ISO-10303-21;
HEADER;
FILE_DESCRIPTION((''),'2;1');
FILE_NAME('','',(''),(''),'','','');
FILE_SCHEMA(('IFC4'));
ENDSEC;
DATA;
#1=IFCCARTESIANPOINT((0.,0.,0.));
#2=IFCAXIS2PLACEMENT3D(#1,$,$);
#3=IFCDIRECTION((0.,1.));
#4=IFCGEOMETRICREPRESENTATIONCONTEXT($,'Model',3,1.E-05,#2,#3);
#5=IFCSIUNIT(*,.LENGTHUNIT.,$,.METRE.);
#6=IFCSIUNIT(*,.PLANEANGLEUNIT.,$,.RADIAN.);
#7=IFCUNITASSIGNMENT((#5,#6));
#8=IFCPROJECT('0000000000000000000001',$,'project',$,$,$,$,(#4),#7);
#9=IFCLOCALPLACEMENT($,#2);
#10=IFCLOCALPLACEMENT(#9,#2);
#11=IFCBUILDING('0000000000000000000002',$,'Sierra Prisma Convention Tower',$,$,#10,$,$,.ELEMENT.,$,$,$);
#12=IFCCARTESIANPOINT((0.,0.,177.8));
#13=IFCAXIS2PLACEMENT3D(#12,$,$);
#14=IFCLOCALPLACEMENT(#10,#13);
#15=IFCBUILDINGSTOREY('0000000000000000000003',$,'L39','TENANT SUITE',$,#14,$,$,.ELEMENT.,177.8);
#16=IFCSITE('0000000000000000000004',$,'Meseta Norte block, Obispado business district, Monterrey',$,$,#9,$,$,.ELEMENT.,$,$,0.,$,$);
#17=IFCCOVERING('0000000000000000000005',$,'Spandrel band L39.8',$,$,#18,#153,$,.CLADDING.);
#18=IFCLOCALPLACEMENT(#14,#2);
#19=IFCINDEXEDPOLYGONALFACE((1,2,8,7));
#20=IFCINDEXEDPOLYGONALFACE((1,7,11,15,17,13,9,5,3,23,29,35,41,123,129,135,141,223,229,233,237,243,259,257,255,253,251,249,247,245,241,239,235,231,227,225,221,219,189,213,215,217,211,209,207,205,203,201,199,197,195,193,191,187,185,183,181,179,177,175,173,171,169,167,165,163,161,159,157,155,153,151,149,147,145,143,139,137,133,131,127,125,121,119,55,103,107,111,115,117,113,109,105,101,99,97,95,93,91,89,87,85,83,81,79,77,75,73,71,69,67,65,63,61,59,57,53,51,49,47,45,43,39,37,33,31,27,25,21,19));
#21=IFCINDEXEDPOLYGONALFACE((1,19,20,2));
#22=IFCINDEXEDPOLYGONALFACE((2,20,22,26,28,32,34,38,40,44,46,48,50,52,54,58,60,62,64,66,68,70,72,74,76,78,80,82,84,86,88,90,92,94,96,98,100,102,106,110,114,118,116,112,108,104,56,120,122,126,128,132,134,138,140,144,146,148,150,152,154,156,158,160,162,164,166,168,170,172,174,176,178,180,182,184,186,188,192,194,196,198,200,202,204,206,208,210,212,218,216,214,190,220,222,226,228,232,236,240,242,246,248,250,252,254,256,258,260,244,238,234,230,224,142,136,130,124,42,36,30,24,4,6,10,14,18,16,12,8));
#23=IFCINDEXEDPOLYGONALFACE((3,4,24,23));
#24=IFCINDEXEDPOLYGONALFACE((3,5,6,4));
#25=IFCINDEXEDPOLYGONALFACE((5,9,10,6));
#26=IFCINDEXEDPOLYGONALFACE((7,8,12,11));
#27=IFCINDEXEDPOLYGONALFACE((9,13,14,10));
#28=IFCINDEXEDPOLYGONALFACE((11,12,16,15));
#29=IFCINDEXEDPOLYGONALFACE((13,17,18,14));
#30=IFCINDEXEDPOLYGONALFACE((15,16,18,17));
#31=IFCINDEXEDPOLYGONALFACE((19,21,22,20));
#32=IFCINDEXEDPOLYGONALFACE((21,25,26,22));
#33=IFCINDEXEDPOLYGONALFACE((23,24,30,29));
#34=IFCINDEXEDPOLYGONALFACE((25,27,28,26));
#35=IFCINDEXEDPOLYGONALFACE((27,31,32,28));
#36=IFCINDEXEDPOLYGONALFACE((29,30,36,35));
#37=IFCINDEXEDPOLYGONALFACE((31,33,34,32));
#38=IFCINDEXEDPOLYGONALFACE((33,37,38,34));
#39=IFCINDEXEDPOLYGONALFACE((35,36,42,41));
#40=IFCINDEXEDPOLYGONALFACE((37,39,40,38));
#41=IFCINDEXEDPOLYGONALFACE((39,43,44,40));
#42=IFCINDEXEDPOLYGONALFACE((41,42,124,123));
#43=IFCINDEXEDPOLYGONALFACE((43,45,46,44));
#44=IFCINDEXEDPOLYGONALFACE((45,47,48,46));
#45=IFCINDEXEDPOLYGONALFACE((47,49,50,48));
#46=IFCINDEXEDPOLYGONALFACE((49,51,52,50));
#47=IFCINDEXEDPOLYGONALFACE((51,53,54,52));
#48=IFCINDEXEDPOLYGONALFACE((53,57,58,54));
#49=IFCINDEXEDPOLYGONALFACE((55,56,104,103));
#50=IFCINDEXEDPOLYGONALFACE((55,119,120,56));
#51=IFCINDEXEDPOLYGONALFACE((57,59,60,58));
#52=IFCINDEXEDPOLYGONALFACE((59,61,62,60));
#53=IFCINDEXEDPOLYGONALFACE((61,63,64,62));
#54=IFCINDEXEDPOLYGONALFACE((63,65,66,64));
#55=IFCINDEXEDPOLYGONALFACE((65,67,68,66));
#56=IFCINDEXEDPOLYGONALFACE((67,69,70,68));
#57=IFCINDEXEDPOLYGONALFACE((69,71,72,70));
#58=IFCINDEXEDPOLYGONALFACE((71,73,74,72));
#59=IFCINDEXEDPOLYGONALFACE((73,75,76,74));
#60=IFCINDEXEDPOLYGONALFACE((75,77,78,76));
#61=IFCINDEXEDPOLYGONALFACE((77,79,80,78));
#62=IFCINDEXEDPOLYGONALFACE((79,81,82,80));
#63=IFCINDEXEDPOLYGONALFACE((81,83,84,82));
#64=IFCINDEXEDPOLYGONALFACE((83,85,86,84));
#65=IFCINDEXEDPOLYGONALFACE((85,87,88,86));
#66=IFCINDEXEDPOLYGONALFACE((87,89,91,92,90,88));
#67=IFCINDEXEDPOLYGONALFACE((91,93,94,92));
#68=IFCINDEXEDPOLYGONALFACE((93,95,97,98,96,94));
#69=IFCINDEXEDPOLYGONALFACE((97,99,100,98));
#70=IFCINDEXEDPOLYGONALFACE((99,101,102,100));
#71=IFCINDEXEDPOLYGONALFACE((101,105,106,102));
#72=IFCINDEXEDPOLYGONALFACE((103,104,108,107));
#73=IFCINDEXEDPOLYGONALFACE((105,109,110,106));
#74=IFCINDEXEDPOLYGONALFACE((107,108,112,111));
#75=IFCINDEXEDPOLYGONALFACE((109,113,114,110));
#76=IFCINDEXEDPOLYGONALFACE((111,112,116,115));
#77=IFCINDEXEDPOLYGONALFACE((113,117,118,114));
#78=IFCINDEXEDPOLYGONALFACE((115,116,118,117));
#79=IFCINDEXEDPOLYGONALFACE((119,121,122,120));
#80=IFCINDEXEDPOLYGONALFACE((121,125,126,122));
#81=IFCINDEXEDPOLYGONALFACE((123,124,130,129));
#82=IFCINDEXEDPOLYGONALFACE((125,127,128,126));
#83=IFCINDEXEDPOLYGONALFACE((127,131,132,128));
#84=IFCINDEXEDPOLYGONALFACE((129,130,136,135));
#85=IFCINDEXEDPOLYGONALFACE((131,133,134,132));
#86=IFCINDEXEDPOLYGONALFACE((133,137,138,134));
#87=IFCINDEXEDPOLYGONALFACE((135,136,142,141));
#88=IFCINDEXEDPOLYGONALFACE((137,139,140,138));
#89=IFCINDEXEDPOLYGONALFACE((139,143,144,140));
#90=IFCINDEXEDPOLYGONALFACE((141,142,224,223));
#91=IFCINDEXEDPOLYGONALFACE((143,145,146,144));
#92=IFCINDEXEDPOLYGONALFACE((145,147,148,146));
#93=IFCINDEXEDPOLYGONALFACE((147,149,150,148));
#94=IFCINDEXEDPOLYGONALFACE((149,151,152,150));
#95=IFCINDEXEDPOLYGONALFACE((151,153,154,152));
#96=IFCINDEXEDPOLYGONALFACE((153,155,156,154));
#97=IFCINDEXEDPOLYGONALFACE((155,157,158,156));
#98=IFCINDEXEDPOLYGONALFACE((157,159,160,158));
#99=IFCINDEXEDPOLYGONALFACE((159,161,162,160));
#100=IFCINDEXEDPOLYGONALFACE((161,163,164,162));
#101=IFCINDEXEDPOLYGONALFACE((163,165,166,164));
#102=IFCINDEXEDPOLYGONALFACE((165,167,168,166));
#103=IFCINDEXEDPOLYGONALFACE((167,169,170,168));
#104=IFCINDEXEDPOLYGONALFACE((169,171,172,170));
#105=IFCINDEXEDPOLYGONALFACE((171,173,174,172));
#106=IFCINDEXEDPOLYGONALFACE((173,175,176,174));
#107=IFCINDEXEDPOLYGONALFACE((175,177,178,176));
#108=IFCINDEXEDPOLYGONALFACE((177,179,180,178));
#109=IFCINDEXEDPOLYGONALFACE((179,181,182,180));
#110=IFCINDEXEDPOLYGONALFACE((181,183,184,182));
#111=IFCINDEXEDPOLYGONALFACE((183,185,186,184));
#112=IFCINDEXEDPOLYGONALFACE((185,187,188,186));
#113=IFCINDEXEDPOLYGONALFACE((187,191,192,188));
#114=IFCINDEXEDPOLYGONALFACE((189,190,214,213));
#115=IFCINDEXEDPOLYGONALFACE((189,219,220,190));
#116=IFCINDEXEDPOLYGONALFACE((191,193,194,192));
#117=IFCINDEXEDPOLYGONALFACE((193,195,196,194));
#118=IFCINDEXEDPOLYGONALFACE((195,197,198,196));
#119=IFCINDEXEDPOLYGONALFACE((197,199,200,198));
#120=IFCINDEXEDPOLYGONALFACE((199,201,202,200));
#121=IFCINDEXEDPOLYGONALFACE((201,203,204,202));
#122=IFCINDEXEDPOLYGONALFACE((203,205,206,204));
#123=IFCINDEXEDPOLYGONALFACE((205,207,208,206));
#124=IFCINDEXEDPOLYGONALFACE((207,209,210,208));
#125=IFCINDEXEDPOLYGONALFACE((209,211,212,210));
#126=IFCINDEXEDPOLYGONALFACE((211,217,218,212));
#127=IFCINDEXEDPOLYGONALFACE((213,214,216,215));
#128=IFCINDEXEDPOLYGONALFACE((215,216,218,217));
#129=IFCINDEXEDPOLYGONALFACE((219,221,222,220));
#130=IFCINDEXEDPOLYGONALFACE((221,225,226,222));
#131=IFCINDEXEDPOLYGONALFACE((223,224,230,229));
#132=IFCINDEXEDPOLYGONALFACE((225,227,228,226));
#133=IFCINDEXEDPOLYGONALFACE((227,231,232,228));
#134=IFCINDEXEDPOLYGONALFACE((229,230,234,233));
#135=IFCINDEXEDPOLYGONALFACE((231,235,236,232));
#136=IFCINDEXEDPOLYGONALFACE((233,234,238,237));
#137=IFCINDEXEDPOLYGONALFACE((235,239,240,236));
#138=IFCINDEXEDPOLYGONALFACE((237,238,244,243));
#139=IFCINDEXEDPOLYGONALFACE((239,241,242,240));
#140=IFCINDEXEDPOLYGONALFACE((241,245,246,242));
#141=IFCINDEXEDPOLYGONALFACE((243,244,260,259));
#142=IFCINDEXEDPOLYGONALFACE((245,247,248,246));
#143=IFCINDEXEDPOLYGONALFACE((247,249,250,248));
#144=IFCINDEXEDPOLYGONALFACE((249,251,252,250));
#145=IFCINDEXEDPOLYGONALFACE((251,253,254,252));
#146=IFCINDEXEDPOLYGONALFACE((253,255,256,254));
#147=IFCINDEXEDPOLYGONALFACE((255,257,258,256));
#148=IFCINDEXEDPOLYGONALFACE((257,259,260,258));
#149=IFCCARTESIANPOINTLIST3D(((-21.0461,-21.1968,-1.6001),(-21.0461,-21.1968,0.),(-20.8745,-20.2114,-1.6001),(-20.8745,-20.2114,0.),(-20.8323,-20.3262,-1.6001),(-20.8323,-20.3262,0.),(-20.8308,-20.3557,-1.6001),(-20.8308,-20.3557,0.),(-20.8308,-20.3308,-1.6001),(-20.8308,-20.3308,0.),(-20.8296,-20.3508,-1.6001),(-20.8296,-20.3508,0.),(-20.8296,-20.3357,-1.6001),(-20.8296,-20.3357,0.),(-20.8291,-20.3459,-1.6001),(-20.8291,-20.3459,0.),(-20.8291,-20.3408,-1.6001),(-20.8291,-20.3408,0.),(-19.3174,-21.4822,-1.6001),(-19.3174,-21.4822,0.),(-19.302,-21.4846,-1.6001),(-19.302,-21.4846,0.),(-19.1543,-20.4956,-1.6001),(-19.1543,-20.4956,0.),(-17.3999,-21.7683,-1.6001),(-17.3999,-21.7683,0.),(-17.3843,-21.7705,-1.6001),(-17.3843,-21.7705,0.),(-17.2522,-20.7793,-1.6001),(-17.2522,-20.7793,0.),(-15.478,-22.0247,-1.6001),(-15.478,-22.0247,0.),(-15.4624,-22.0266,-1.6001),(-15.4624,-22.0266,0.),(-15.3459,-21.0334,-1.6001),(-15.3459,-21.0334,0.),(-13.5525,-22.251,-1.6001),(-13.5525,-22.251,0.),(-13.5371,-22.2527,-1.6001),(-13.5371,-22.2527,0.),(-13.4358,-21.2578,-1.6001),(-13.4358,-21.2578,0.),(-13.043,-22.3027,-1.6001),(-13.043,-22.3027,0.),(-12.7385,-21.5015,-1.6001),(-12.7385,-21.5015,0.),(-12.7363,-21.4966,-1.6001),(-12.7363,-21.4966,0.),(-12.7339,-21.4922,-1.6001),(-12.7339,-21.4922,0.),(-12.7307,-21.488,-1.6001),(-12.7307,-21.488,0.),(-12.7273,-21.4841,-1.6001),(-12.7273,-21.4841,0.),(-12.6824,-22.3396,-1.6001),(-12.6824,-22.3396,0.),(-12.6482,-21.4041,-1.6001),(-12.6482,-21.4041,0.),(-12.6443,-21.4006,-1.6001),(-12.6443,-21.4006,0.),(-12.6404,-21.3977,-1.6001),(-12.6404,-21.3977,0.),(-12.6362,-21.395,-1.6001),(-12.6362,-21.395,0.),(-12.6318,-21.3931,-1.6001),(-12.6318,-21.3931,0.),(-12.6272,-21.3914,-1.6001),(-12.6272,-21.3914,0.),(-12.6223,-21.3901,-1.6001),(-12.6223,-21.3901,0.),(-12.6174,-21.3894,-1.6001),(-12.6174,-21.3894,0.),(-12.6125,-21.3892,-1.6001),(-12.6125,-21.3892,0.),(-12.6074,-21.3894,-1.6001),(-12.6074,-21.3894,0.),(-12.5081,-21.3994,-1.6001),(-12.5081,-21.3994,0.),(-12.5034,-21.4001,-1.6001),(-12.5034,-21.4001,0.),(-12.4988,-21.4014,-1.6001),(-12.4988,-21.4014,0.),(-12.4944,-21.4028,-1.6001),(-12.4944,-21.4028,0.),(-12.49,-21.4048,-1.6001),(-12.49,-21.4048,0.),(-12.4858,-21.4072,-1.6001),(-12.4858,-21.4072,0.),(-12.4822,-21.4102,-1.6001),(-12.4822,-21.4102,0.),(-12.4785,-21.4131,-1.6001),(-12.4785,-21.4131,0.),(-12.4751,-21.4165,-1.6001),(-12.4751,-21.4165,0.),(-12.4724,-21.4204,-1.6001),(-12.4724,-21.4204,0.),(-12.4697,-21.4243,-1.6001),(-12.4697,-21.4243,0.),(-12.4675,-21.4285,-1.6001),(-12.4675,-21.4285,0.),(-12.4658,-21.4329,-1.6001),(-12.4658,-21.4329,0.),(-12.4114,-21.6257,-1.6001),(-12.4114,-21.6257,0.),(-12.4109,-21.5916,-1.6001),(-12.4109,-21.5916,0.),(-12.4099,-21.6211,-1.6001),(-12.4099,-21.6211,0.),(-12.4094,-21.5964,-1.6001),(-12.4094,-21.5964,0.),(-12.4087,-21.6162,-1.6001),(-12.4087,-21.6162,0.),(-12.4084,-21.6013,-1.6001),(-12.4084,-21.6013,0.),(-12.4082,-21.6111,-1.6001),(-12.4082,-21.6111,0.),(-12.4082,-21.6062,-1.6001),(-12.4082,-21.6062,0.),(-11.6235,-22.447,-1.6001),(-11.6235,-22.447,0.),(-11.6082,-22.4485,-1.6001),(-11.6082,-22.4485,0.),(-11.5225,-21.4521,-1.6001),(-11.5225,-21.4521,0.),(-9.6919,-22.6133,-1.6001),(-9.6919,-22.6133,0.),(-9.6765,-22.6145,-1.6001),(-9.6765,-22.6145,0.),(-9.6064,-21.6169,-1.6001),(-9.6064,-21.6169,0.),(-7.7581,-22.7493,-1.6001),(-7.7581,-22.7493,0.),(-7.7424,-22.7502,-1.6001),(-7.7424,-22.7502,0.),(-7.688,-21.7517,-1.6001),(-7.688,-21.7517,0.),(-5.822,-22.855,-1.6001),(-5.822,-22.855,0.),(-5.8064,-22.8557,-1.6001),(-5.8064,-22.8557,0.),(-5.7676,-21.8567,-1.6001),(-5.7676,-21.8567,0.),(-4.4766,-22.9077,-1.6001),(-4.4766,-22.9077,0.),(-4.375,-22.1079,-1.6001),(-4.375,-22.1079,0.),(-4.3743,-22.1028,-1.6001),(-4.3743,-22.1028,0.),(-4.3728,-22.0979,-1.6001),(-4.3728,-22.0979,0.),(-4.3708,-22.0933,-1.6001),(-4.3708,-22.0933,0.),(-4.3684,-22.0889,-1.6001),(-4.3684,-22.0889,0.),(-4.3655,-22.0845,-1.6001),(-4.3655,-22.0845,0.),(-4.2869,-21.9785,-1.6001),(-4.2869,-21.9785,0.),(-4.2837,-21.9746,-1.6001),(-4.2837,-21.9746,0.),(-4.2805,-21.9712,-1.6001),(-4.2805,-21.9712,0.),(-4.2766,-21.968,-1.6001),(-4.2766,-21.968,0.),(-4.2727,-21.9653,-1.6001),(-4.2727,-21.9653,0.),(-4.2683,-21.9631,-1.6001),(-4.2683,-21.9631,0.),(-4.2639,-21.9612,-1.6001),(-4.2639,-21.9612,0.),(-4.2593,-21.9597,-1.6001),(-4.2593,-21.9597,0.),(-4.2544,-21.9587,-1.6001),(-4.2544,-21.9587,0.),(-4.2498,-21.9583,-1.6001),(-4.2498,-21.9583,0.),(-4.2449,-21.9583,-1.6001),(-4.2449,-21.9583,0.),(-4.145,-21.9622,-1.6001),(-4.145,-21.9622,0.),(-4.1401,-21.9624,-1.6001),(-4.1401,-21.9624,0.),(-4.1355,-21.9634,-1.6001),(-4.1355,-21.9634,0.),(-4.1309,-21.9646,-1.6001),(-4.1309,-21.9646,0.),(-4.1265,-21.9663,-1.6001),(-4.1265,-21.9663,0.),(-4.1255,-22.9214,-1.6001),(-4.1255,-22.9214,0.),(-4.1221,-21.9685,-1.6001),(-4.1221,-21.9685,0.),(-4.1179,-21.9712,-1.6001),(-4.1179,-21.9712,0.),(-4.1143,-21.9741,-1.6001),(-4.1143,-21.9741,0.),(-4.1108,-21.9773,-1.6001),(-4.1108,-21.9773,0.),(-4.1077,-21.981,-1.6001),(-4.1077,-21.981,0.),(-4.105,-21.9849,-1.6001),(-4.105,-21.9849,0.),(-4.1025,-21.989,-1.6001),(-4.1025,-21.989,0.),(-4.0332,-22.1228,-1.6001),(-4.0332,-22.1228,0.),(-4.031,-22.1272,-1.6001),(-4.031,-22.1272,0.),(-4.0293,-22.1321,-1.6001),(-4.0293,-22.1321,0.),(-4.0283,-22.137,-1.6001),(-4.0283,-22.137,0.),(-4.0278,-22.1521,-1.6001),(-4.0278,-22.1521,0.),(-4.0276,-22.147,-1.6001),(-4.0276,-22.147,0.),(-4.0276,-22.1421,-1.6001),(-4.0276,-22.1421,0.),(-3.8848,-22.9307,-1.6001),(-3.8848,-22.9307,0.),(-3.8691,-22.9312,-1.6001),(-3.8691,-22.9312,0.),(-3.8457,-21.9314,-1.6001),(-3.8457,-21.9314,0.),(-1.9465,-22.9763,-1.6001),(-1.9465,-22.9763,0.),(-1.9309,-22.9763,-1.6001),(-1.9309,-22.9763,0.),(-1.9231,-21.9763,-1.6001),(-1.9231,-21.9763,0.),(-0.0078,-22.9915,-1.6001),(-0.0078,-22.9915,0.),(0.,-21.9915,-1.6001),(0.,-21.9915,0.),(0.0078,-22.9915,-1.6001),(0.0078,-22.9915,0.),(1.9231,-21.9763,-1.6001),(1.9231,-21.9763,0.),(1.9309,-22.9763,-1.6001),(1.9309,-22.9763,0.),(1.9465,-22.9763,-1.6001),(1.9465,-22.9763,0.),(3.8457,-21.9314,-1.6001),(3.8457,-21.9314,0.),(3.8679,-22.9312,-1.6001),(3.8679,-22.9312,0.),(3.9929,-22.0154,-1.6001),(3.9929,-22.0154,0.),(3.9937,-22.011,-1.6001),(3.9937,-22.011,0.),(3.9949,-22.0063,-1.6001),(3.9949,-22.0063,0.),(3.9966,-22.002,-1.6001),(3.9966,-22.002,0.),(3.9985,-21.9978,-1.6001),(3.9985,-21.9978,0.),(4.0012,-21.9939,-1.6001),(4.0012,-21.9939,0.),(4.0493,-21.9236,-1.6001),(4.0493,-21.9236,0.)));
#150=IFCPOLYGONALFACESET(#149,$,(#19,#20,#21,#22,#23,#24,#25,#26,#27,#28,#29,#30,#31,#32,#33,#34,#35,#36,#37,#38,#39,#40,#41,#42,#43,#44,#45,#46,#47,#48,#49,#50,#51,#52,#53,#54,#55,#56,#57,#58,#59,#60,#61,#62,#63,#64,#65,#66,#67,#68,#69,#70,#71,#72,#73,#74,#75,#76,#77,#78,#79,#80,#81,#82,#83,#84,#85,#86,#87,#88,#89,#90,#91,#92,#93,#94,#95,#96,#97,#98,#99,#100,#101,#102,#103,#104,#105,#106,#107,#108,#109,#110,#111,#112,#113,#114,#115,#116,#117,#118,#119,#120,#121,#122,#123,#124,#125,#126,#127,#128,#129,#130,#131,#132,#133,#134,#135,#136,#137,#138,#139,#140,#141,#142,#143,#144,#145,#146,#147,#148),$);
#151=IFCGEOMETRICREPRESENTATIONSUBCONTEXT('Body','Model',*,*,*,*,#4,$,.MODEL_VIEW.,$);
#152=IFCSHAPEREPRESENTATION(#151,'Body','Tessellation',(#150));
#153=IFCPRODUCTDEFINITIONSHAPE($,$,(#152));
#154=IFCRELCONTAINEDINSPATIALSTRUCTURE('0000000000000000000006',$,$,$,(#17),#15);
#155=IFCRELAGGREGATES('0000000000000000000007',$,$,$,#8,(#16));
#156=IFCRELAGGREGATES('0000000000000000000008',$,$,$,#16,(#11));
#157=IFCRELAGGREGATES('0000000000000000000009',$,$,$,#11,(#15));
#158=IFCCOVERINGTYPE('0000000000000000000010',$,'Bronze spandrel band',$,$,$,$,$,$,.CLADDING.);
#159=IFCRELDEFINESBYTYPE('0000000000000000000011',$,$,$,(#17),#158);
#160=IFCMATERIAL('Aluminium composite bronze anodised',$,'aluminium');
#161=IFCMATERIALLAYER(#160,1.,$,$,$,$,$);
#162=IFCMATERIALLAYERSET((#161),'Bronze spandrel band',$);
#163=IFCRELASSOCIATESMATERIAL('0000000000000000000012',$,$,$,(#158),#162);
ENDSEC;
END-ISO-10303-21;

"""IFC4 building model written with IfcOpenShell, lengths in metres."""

from ifc_helpers import new_model, si_unit, direction, frame, origin, place, context, subcontext, project, spatial, polyline, outline, extrude, material, layer, layer_set, type_object, element, save


model = new_model("IFC4")

# Units and contexts
model_context = context("Model", 3, precision=1e-05, world=origin(), true_north=direction((0.0, 1.0)))
body_context = subcontext(model_context, "Body", "Model", "MODEL_VIEW")
ifc_project = project(units=[si_unit("LENGTHUNIT", "METRE"), si_unit("PLANEANGLEUNIT", "RADIAN")], contexts=[model_context])

# Site, building, storey
site_placement = place(None, origin())
site = spatial("IfcSite", under=ifc_project, at=site_placement, Name="Meseta Norte block, Obispado business district, Monterrey", CompositionType="ELEMENT", RefElevation=0.0)
building_placement = place(site_placement, origin())
building = spatial("IfcBuilding", under=site, at=building_placement, Name="Sierra Prisma Convention Tower", CompositionType="ELEMENT")
storey_placement = place(building_placement, frame((0.0, 0.0, 177.8)))
storey = spatial("IfcBuildingStorey", under=building, at=storey_placement, Name="L39", Description="TENANT SUITE", CompositionType="ELEMENT", Elevation=177.8)

# Covering
ifc_material_1 = material(Name="Aluminium composite bronze anodised", Category="aluminium")
ifc_layer_1 = layer(ifc_material_1, 1.0)
ifc_layer_set_1 = layer_set([ifc_layer_1], Name="Bronze spandrel band")
covering_type_1 = type_object("IfcCoveringType", Name="Bronze spandrel band", PredefinedType="CLADDING", material=ifc_layer_set_1)
covering_1_placement = place(storey_placement, frame((0.0, 0.0, -1.6001)))
element("IfcCovering", 1, at=covering_1_placement, inside=storey, type_object=covering_type_1, Name="Spandrel band L39.8", PredefinedType="CLADDING", context=body_context, shape_type="SweptSolid", body=[
    extrude(outline(polyline([(-4.1077, -21.981), (-4.1108, -21.9773), (-4.1143, -21.9741), (-4.1179, -21.9712), (-4.1221, -21.9685), (-4.1265, -21.9663), (-4.1309, -21.9646), (-4.1355, -21.9634), (-4.1401, -21.9624), (-4.145, -21.9622), (-4.2449, -21.9583), (-4.2498, -21.9583), (-4.2544, -21.9587), (-4.2593, -21.9597), (-4.2639, -21.9612), (-4.2683, -21.9631), (-4.2727, -21.9653), (-4.2766, -21.968), (-4.2805, -21.9712), (-4.2837, -21.9746), (-4.2869, -21.9785), (-4.3655, -22.0845), (-4.3684, -22.0889), (-4.3708, -22.0933), (-4.3728, -22.0979), (-4.3743, -22.1028), (-4.375, -22.1079), (-4.4766, -22.9077), (-5.8064, -22.8557), (-5.822, -22.855), (-7.7424, -22.7502), (-7.7581, -22.7493), (-9.6765, -22.6145), (-9.6919, -22.6133), (-11.6082, -22.4485), (-11.6235, -22.447), (-12.6824, -22.3396), (-12.4114, -21.6257), (-12.4099, -21.6211), (-12.4087, -21.6162), (-12.4082, -21.6111), (-12.4082, -21.6062), (-12.4084, -21.6013), (-12.4094, -21.5964), (-12.4109, -21.5916), (-12.4658, -21.4329), (-12.4675, -21.4285), (-12.4697, -21.4243), (-12.4724, -21.4204), (-12.4751, -21.4165), (-12.4785, -21.4131), (-12.4822, -21.4102), (-12.4858, -21.4072), (-12.49, -21.4048), (-12.4944, -21.4028), (-12.4988, -21.4014), (-12.5034, -21.4001), (-12.5081, -21.3994), (-12.6074, -21.3894), (-12.6125, -21.3892), (-12.6174, -21.3894), (-12.6223, -21.3901), (-12.6272, -21.3914), (-12.6318, -21.3931), (-12.6362, -21.395), (-12.6404, -21.3977), (-12.6443, -21.4006), (-12.6482, -21.4041), (-12.7273, -21.4841), (-12.7307, -21.488), (-12.7339, -21.4922), (-12.7363, -21.4966), (-12.7385, -21.5015), (-13.043, -22.3027), (-13.5371, -22.2527), (-13.5525, -22.251), (-15.4624, -22.0266), (-15.478, -22.0247), (-17.3843, -21.7705), (-17.3999, -21.7683), (-19.302, -21.4846), (-19.3174, -21.4822), (-21.0461, -21.1968), (-20.8308, -20.3557), (-20.8296, -20.3508), (-20.8291, -20.3459), (-20.8291, -20.3408), (-20.8296, -20.3357), (-20.8308, -20.3308), (-20.8323, -20.3262), (-20.8745, -20.2114), (-19.1543, -20.4956), (-17.2522, -20.7793), (-15.3459, -21.0334), (-13.4358, -21.2578), (-11.5225, -21.4521), (-9.6064, -21.6169), (-7.688, -21.7517), (-5.7676, -21.8567), (-3.8457, -21.9314), (-1.9231, -21.9763), (0.0, -21.9915), (1.9231, -21.9763), (3.8457, -21.9314), (4.0493, -21.9236), (4.0012, -21.9939), (3.9985, -21.9978), (3.9966, -22.002), (3.9949, -22.0063), (3.9937, -22.011), (3.9929, -22.0154), (3.8679, -22.9312), (1.9465, -22.9763), (1.9309, -22.9763), (0.0078, -22.9915), (-0.0078, -22.9915), (-1.9309, -22.9763), (-1.9465, -22.9763), (-3.8691, -22.9312), (-3.8848, -22.9307), (-4.1255, -22.9214), (-4.0278, -22.1521), (-4.0276, -22.147), (-4.0276, -22.1421), (-4.0283, -22.137), (-4.0293, -22.1321), (-4.031, -22.1272), (-4.0332, -22.1228), (-4.1025, -21.989), (-4.105, -21.9849), (-4.1077, -21.981)])), origin(), (0.0, 0.0, 1.0), 1.6001),
])

save(model, "model.ifc")
